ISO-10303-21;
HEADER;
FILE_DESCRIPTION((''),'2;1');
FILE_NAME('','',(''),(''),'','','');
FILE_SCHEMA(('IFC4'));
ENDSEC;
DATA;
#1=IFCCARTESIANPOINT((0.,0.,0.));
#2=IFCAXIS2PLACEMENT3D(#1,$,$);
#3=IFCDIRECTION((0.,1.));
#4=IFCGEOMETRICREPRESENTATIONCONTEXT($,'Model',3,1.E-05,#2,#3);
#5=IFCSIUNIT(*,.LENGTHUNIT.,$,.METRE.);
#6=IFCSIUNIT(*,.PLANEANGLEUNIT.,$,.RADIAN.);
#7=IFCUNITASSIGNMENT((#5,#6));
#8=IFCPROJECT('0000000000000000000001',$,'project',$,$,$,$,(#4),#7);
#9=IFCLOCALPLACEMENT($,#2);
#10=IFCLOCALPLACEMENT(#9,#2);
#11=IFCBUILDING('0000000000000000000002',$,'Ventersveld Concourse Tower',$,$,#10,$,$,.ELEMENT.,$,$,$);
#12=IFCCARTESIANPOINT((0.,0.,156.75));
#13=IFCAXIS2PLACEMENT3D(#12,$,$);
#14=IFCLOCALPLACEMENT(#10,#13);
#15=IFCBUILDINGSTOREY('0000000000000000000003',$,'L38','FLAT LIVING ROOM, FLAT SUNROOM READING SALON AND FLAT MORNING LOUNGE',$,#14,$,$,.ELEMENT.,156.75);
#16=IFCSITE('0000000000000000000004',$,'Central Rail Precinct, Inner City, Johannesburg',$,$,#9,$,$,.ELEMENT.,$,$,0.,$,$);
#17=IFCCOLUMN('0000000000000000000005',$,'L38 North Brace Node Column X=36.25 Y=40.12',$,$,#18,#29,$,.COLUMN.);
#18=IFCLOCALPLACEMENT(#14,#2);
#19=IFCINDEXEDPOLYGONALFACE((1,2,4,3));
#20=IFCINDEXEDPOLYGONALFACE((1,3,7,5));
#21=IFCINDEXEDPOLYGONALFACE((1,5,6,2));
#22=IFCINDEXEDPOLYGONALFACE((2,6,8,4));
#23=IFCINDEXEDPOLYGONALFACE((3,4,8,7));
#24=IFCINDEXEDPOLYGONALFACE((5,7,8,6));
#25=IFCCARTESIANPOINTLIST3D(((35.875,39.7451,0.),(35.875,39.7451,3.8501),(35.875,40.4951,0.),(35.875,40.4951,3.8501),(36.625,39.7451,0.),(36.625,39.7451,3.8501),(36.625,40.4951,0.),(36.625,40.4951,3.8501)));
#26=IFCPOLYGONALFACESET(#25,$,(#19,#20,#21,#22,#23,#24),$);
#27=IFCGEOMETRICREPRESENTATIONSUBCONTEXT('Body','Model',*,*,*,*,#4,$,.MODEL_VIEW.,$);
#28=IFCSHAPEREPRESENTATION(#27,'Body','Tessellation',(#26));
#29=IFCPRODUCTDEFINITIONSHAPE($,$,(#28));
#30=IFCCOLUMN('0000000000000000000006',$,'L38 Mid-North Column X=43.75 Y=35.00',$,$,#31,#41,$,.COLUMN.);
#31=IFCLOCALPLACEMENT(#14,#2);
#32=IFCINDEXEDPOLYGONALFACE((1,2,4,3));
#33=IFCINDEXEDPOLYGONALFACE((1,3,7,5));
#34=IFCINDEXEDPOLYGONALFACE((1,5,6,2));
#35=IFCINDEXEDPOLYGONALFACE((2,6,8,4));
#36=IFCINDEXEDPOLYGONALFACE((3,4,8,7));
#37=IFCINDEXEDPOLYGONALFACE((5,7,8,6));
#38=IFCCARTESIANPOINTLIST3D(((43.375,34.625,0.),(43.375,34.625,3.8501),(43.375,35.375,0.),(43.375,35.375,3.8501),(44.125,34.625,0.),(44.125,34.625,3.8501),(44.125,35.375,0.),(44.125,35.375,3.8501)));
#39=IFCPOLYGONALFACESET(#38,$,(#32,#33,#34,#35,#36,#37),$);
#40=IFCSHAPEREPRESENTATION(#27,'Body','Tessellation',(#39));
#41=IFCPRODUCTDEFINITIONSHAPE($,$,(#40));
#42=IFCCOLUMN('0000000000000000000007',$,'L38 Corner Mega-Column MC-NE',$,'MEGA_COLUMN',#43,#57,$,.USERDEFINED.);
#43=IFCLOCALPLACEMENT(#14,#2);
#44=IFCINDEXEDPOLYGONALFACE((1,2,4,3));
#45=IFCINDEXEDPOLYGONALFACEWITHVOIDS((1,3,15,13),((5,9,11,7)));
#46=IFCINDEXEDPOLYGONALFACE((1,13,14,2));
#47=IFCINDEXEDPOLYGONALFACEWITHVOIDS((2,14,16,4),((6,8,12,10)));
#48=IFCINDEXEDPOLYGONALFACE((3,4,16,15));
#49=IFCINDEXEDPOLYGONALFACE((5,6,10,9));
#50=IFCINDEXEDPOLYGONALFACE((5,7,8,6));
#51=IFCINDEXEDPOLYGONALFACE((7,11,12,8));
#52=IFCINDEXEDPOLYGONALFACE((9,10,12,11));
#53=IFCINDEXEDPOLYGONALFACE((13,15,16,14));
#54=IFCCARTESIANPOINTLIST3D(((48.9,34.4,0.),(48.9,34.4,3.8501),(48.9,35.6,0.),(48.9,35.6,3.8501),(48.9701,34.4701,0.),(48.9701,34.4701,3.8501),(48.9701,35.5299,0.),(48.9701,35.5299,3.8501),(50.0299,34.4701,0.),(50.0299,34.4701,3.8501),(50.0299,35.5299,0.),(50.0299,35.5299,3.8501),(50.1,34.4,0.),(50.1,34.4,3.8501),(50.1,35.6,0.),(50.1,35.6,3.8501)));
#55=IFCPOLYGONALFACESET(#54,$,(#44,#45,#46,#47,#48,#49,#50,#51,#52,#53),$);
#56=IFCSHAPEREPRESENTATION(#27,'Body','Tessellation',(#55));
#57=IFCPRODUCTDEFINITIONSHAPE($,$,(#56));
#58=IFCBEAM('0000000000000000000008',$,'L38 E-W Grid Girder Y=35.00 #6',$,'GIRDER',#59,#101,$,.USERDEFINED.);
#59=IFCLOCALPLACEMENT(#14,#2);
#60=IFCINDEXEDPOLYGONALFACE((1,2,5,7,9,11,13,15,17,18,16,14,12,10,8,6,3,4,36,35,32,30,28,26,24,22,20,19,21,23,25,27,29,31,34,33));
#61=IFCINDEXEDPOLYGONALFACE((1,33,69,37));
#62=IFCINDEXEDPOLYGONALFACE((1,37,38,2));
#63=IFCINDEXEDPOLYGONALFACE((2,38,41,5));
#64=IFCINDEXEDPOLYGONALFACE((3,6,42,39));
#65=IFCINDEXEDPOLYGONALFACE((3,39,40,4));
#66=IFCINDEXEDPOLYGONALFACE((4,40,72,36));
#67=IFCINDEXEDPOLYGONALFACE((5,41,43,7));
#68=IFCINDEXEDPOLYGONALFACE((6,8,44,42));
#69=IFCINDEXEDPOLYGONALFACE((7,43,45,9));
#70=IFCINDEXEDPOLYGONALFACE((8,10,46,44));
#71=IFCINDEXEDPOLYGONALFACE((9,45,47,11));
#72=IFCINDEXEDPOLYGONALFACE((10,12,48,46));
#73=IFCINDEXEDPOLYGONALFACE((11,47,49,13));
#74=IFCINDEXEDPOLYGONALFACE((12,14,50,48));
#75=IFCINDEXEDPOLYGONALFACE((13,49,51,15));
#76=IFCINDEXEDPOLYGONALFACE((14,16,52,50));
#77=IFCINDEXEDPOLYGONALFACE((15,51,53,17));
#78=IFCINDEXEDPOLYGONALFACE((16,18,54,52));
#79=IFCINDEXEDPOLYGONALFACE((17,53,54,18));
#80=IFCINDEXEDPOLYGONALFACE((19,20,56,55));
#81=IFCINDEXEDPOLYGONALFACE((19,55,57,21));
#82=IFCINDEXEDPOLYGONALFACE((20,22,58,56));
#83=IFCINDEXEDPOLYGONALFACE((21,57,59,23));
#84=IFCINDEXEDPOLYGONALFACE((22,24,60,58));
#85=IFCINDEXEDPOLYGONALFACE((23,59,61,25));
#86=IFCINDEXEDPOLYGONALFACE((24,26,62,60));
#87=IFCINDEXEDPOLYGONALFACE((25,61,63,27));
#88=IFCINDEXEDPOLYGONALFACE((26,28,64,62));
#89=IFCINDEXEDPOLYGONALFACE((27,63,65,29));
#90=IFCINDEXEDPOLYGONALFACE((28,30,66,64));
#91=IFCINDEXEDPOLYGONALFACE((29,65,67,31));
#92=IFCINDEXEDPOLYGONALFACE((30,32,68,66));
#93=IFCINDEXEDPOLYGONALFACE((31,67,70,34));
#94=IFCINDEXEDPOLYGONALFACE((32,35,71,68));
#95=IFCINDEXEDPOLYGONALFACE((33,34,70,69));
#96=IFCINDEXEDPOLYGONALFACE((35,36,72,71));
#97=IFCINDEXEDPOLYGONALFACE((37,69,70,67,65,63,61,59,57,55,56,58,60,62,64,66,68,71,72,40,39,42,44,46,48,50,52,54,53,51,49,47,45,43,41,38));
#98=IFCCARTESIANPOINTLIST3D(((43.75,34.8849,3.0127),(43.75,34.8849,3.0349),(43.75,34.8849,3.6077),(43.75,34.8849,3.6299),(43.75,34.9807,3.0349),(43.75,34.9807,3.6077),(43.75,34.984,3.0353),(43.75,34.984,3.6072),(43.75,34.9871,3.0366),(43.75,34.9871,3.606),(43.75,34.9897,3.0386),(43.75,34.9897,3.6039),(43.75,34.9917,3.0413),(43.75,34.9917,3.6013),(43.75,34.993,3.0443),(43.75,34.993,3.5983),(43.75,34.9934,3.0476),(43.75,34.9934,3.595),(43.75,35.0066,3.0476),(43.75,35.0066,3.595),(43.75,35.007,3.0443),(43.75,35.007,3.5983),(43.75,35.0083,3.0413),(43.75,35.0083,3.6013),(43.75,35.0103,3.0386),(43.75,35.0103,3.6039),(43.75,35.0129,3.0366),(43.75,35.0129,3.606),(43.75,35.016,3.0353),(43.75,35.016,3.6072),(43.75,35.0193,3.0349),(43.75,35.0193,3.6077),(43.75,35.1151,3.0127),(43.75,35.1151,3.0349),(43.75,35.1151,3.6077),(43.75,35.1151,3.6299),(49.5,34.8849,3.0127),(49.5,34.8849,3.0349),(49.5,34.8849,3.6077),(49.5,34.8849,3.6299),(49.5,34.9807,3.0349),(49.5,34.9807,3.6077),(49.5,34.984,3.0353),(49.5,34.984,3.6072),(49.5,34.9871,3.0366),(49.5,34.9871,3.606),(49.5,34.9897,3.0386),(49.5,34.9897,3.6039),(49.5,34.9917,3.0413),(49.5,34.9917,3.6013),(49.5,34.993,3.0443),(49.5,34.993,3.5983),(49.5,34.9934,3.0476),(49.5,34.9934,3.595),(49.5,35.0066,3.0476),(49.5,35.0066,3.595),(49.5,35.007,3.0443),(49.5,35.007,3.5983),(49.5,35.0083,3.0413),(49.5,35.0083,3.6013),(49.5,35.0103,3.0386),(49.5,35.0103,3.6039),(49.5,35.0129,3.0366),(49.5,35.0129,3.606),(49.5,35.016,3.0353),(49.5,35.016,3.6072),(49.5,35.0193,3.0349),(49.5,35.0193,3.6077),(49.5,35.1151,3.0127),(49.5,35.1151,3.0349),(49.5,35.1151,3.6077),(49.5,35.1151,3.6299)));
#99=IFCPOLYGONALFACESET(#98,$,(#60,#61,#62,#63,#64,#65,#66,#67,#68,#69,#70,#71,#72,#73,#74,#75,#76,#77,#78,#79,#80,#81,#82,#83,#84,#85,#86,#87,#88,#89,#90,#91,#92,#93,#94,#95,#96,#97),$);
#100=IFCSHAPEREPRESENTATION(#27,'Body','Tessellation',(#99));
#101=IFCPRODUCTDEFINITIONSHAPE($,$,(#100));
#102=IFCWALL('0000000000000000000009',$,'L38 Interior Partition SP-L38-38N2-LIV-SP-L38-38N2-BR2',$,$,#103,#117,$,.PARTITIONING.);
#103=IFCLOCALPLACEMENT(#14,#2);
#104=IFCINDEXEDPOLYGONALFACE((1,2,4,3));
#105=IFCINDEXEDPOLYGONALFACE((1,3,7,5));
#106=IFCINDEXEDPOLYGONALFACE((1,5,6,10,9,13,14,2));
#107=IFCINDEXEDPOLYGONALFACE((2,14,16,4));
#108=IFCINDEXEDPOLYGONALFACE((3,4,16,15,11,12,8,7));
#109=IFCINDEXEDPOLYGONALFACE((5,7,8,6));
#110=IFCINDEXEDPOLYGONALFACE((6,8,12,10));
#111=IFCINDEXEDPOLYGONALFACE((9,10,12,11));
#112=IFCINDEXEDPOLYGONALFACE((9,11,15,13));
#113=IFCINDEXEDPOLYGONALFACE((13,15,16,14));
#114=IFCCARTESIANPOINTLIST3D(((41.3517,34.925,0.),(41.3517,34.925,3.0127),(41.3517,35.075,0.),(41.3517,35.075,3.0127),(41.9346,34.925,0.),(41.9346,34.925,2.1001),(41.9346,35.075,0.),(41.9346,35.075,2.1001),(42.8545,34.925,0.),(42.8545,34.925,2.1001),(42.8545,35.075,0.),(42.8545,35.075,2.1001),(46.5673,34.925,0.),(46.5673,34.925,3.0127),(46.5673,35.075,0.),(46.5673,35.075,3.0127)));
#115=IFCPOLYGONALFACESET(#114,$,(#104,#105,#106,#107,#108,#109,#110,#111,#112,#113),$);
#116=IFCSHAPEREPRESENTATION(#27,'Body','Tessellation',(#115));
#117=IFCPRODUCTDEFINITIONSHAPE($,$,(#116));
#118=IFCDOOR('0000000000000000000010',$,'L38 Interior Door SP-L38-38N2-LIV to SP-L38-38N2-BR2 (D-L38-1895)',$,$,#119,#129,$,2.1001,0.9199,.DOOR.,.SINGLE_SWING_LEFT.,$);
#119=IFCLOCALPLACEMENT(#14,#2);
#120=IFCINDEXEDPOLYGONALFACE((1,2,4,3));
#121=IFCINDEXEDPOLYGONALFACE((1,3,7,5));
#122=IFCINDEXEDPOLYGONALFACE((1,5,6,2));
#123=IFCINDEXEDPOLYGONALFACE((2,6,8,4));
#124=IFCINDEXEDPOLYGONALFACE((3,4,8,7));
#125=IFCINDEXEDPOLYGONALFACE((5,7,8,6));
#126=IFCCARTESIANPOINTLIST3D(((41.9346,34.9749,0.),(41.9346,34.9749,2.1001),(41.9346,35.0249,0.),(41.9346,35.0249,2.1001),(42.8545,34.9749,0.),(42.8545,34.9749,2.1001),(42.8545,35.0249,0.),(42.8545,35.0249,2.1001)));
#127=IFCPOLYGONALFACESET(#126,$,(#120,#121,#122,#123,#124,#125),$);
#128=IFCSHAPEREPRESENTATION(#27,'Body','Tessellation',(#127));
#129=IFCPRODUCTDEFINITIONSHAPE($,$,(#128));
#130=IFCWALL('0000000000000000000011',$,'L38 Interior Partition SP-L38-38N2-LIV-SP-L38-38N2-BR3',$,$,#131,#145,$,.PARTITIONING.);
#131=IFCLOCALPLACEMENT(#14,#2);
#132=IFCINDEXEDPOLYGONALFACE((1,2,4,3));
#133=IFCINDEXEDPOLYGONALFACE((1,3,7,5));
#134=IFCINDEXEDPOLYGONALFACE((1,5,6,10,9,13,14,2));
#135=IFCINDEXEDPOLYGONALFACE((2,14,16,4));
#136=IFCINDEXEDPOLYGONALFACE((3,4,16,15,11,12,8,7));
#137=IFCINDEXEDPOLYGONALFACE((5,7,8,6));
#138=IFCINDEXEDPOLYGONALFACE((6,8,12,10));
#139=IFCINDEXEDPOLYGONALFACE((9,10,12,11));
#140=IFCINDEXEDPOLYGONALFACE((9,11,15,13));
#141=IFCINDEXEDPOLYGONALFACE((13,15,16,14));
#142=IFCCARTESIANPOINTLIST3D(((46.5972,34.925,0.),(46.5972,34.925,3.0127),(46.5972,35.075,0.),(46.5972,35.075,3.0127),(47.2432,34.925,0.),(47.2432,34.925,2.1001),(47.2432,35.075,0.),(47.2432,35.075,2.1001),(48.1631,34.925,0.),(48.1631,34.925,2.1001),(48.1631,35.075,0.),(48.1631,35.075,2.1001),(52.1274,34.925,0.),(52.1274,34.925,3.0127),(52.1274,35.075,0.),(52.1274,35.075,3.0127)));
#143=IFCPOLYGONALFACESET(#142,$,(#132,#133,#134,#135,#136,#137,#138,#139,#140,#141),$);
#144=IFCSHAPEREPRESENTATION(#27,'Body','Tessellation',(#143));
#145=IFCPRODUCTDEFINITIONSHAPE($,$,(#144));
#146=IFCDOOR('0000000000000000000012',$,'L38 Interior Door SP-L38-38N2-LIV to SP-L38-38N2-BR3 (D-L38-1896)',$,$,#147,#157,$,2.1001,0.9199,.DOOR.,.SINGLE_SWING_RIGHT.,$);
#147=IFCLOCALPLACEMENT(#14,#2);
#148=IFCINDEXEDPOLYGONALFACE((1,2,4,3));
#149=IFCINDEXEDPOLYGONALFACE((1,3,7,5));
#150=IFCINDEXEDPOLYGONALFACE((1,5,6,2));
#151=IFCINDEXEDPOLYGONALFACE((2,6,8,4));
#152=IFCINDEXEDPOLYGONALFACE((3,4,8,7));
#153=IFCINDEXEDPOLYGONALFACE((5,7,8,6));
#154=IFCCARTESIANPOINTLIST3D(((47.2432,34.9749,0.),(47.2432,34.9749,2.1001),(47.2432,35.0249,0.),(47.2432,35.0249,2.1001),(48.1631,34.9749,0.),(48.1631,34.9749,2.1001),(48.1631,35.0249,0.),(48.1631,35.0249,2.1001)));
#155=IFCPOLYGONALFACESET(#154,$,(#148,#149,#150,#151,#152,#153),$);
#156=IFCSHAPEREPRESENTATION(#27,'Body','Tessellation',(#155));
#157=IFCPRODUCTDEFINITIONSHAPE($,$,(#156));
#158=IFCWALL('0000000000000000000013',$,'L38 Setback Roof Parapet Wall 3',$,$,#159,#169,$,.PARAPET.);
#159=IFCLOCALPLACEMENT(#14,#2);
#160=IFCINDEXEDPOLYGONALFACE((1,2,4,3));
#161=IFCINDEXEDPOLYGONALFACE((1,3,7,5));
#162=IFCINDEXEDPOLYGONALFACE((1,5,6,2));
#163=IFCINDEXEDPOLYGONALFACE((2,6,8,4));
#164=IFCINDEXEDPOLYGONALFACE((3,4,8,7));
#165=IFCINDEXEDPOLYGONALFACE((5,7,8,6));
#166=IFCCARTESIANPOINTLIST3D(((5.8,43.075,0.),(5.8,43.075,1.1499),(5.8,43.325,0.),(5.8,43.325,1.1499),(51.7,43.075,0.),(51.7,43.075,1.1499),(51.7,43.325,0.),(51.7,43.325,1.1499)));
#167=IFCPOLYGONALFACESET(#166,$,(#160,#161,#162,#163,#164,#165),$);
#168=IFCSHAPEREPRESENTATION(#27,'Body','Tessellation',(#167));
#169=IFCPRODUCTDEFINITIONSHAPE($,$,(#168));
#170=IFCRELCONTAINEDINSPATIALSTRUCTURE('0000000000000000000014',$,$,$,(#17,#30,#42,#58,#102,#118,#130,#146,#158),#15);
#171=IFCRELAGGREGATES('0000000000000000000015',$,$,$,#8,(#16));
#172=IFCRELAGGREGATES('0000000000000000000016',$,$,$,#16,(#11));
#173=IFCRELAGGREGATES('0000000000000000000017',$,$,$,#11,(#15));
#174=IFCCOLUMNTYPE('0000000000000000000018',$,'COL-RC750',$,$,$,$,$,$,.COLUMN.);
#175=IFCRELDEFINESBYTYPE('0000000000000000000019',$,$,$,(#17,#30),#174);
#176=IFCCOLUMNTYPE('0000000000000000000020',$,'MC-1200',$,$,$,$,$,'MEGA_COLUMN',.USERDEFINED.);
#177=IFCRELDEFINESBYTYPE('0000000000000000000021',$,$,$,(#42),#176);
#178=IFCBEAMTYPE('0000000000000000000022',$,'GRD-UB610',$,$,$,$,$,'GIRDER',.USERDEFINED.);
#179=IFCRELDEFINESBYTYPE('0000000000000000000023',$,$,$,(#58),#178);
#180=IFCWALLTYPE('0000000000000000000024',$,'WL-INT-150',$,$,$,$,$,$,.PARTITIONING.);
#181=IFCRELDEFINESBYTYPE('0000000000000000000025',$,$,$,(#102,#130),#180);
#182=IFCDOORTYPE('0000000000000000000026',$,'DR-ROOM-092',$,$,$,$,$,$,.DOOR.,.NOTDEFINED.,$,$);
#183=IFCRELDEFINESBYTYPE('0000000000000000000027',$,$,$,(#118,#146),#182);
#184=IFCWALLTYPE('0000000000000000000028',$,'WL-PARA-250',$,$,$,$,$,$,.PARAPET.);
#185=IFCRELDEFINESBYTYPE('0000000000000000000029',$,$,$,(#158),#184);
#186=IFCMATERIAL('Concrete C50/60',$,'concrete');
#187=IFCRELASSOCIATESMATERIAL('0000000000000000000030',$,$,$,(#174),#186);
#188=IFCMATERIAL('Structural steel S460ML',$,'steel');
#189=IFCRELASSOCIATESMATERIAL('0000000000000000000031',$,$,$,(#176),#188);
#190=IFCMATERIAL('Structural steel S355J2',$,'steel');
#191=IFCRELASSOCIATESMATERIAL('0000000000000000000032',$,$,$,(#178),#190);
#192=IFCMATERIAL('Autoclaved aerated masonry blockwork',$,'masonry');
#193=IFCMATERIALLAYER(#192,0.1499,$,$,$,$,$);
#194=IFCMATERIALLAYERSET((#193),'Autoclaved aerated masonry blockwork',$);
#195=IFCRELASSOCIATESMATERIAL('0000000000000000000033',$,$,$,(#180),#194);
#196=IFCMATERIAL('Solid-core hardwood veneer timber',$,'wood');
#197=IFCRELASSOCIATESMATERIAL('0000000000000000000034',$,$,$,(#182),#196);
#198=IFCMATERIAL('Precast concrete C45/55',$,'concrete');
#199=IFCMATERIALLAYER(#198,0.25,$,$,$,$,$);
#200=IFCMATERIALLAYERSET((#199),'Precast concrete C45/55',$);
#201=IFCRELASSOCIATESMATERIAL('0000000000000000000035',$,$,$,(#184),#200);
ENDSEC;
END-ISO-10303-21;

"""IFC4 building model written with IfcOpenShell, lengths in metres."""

from ifc_helpers import new_model, si_unit, direction, frame, frame_2d, origin, origin_2d, place, context, subcontext, project, spatial, rectangle, hollow_rectangle, i_section, extrude, material, layer, layer_set, material_profile, profile_set, type_object, element, fill, save


model = new_model("IFC4")

# Units and contexts
model_context = context("Model", 3, precision=1e-05, world=origin(), true_north=direction((0.0, 1.0)))
body_context = subcontext(model_context, "Body", "Model", "MODEL_VIEW")
ifc_project = project(units=[si_unit("LENGTHUNIT", "METRE"), si_unit("PLANEANGLEUNIT", "RADIAN")], contexts=[model_context])

# Site, building, storey
site_placement = place(None, origin())
site = spatial("IfcSite", under=ifc_project, at=site_placement, Name="Central Rail Precinct, Inner City, Johannesburg", CompositionType="ELEMENT", RefElevation=0.0)
building_placement = place(site_placement, origin())
building = spatial("IfcBuilding", under=site, at=building_placement, Name="Ventersveld Concourse Tower", CompositionType="ELEMENT")
storey_placement = place(building_placement, frame((0.0, 0.0, 156.75)))
storey = spatial("IfcBuildingStorey", under=building, at=storey_placement, Name="L38", Description="FLAT LIVING ROOM, FLAT SUNROOM READING SALON AND FLAT MORNING LOUNGE", CompositionType="ELEMENT", Elevation=156.75)

# Columns
ifc_material_1 = material(Name="Concrete C50/60", Category="concrete")
ifc_material_profile_1 = material_profile(ifc_material_1, rectangle(XDim=0.75, YDim=0.75, at=origin_2d()), Name="RC 750x750")
ifc_profile_set_1 = profile_set([ifc_material_profile_1], Name="Concrete C50/60")
column_type_1 = type_object("IfcColumnType", Name="COL-RC750", PredefinedType="COLUMN", material=ifc_profile_set_1)
for number, where, z_axis, x_axis, name in (
    (1, (36.25, 40.1201, 0.0), (0.0, 0.0, 1.0), (1.0, 0.0, 0.0), "L38 North Brace Node Column X=36.25 Y=40.12"),
    (2, (43.75, 35.0, 0.0), (0.0, 0.0, 1.0), (1.0, 0.0, 0.0), "L38 Mid-North Column X=43.75 Y=35.00"),
):
    element("IfcColumn", number, at=place(storey_placement, frame(where, z_axis=z_axis, x_axis=x_axis)), inside=storey, type_object=column_type_1, Name=name, PredefinedType="COLUMN", context=body_context, shape_type="SweptSolid", body=[
        extrude(rectangle(XDim=0.75, YDim=0.75, at=origin_2d()), origin(), (0.0, 0.0, 1.0), 3.8501),
    ])
ifc_material_2 = material(Name="Structural steel S460ML", Category="steel")
ifc_material_profile_2 = material_profile(ifc_material_2, hollow_rectangle(XDim=1.2, YDim=1.2, WallThickness=0.0701, at=origin_2d()), Name="BOX 1200x1200x70")
ifc_profile_set_2 = profile_set([ifc_material_profile_2], Name="Structural steel S460ML")
column_type_2 = type_object("IfcColumnType", Name="MC-1200", ElementType="MEGA_COLUMN", PredefinedType="USERDEFINED", material=ifc_profile_set_2)
column_placement = place(storey_placement, frame((49.5, 35.0, 0.0), z_axis=(0.0, 0.0, 1.0), x_axis=(1.0, 0.0, 0.0)))
element("IfcColumn", 3, at=column_placement, inside=storey, type_object=column_type_2, Name="L38 Corner Mega-Column MC-NE", ObjectType="MEGA_COLUMN", PredefinedType="USERDEFINED", context=body_context, shape_type="SweptSolid", body=[
    extrude(hollow_rectangle(XDim=1.2, YDim=1.2, WallThickness=0.0701, at=origin_2d()), origin(), (0.0, 0.0, 1.0), 3.8501),
])

# Beam
ifc_material_3 = material(Name="Structural steel S355J2", Category="steel")
ifc_material_profile_3 = material_profile(ifc_material_3, i_section(OverallWidth=0.2302, OverallDepth=0.6172, WebThickness=0.0132, FlangeThickness=0.0222, FilletRadius=0.0127, at=origin_2d()), Name="UB 610x229x140")
ifc_profile_set_3 = profile_set([ifc_material_profile_3], Name="Structural steel S355J2")
beam_type = type_object("IfcBeamType", Name="GRD-UB610", ElementType="GIRDER", PredefinedType="USERDEFINED", material=ifc_profile_set_3)
beam_placement = place(storey_placement, frame((43.75, 35.0, 3.3213), z_axis=(1.0, 0.0, 0.0), x_axis=(0.0, 1.0, 0.0)))
element("IfcBeam", 4, at=beam_placement, inside=storey, type_object=beam_type, Name="L38 E-W Grid Girder Y=35.00 #6", ObjectType="GIRDER", PredefinedType="USERDEFINED", context=body_context, shape_type="SweptSolid", body=[
    extrude(i_section(OverallWidth=0.2302, OverallDepth=0.6172, WebThickness=0.0132, FlangeThickness=0.0222, FilletRadius=0.0127, at=origin_2d()), origin(), (0.0, 0.0, 1.0), 5.75),
])

# Walls, openings, doors
ifc_material_4 = material(Name="Autoclaved aerated masonry blockwork", Category="masonry")
ifc_layer_1 = layer(ifc_material_4, 0.1499)
ifc_layer_set_1 = layer_set([ifc_layer_1], Name="Autoclaved aerated masonry blockwork")
wall_type_1 = type_object("IfcWallType", Name="WL-INT-150", PredefinedType="PARTITIONING", material=ifc_layer_set_1)
wall_1_placement = place(storey_placement, frame((41.3516, 35.0, 0.0), z_axis=(0.0, 0.0, 1.0), x_axis=(1.0, 0.0, 0.0)))
wall_1 = element("IfcWall", 5, at=wall_1_placement, inside=storey, type_object=wall_type_1, Name="L38 Interior Partition SP-L38-38N2-LIV-SP-L38-38N2-BR2", PredefinedType="PARTITIONING", context=body_context, shape_type="SweptSolid", body=[
    extrude(rectangle(XDim=5.2156, YDim=0.1499, at=frame_2d((2.6079, 0.0))), origin(), (0.0, 0.0, 1.0), 3.0127),
])
opening_1_placement = place(wall_1_placement, frame((0.583, 0.0, 0.0)))
opening_1 = element("IfcOpeningElement", 6, at=opening_1_placement, cuts=wall_1, PredefinedType="OPENING", context=body_context, shape_type="SweptSolid", body=[
    extrude(rectangle(XDim=0.9199, YDim=2.1001, at=frame_2d((0.46, 1.05))), frame((0.0, 0.085, 0.0), z_axis=(0.0, -1.0, 0.0), x_axis=(1.0, 0.0, 0.0)), (0.0, 0.0, 1.0), 0.1699),
])
ifc_material_5 = material(Name="Solid-core hardwood veneer timber", Category="wood")
door_type = type_object("IfcDoorType", Name="DR-ROOM-092", OperationType="NOTDEFINED", PredefinedType="DOOR", material=ifc_material_5)
door_1_placement = place(opening_1_placement, origin())
door_1 = element("IfcDoor", 7, at=door_1_placement, inside=storey, type_object=door_type, Name="L38 Interior Door SP-L38-38N2-LIV to SP-L38-38N2-BR2 (D-L38-1895)", OperationType="SINGLE_SWING_LEFT", OverallHeight=2.1001, OverallWidth=0.9199, PredefinedType="DOOR", context=body_context, shape_type="SweptSolid", body=[
    extrude(rectangle(XDim=0.9199, YDim=2.1001, at=frame_2d((0.46, 1.05))), frame((0.0, 0.0249, 0.0), z_axis=(0.0, -1.0, 0.0), x_axis=(1.0, 0.0, 0.0)), (0.0, 0.0, 1.0), 0.05),
])
fill(opening_1, door_1)
wall_2_placement = place(storey_placement, frame((46.5972, 35.0, 0.0), z_axis=(0.0, 0.0, 1.0), x_axis=(1.0, 0.0, 0.0)))
wall_2 = element("IfcWall", 8, at=wall_2_placement, inside=storey, type_object=wall_type_1, Name="L38 Interior Partition SP-L38-38N2-LIV-SP-L38-38N2-BR3", PredefinedType="PARTITIONING", context=body_context, shape_type="SweptSolid", body=[
    extrude(rectangle(XDim=5.5303, YDim=0.1499, at=frame_2d((2.7651, 0.0))), origin(), (0.0, 0.0, 1.0), 3.0127),
])
opening_2_placement = place(wall_2_placement, frame((0.646, 0.0, 0.0)))
opening_2 = element("IfcOpeningElement", 9, at=opening_2_placement, cuts=wall_2, PredefinedType="OPENING", context=body_context, shape_type="SweptSolid", body=[
    extrude(rectangle(XDim=0.9199, YDim=2.1001, at=frame_2d((0.46, 1.05))), frame((0.0, 0.085, 0.0), z_axis=(0.0, -1.0, 0.0), x_axis=(1.0, 0.0, 0.0)), (0.0, 0.0, 1.0), 0.1699),
])
door_2_placement = place(opening_2_placement, origin())
door_2 = element("IfcDoor", 10, at=door_2_placement, inside=storey, type_object=door_type, Name="L38 Interior Door SP-L38-38N2-LIV to SP-L38-38N2-BR3 (D-L38-1896)", OperationType="SINGLE_SWING_RIGHT", OverallHeight=2.1001, OverallWidth=0.9199, PredefinedType="DOOR", context=body_context, shape_type="SweptSolid", body=[
    extrude(rectangle(XDim=0.9199, YDim=2.1001, at=frame_2d((0.46, 1.05))), frame((0.0, 0.0249, 0.0), z_axis=(0.0, -1.0, 0.0), x_axis=(1.0, 0.0, 0.0)), (0.0, 0.0, 1.0), 0.05),
])
fill(opening_2, door_2)

# Wall
ifc_material_6 = material(Name="Precast concrete C45/55", Category="concrete")
ifc_layer_2 = layer(ifc_material_6, 0.25)
ifc_layer_set_2 = layer_set([ifc_layer_2], Name="Precast concrete C45/55")
wall_type_2 = type_object("IfcWallType", Name="WL-PARA-250", PredefinedType="PARAPET", material=ifc_layer_set_2)
wall_3_placement = place(storey_placement, frame((51.7, 43.2, 0.0), z_axis=(0.0, 0.0, 1.0), x_axis=(-1.0, 0.0, 0.0)))
element("IfcWall", 11, at=wall_3_placement, inside=storey, type_object=wall_type_2, Name="L38 Setback Roof Parapet Wall 3", PredefinedType="PARAPET", context=body_context, shape_type="SweptSolid", body=[
    extrude(rectangle(XDim=45.8999, YDim=0.25, at=frame_2d((22.95, 0.0))), origin(), (0.0, 0.0, 1.0), 1.1499),
])

save(model, "model.ifc")
